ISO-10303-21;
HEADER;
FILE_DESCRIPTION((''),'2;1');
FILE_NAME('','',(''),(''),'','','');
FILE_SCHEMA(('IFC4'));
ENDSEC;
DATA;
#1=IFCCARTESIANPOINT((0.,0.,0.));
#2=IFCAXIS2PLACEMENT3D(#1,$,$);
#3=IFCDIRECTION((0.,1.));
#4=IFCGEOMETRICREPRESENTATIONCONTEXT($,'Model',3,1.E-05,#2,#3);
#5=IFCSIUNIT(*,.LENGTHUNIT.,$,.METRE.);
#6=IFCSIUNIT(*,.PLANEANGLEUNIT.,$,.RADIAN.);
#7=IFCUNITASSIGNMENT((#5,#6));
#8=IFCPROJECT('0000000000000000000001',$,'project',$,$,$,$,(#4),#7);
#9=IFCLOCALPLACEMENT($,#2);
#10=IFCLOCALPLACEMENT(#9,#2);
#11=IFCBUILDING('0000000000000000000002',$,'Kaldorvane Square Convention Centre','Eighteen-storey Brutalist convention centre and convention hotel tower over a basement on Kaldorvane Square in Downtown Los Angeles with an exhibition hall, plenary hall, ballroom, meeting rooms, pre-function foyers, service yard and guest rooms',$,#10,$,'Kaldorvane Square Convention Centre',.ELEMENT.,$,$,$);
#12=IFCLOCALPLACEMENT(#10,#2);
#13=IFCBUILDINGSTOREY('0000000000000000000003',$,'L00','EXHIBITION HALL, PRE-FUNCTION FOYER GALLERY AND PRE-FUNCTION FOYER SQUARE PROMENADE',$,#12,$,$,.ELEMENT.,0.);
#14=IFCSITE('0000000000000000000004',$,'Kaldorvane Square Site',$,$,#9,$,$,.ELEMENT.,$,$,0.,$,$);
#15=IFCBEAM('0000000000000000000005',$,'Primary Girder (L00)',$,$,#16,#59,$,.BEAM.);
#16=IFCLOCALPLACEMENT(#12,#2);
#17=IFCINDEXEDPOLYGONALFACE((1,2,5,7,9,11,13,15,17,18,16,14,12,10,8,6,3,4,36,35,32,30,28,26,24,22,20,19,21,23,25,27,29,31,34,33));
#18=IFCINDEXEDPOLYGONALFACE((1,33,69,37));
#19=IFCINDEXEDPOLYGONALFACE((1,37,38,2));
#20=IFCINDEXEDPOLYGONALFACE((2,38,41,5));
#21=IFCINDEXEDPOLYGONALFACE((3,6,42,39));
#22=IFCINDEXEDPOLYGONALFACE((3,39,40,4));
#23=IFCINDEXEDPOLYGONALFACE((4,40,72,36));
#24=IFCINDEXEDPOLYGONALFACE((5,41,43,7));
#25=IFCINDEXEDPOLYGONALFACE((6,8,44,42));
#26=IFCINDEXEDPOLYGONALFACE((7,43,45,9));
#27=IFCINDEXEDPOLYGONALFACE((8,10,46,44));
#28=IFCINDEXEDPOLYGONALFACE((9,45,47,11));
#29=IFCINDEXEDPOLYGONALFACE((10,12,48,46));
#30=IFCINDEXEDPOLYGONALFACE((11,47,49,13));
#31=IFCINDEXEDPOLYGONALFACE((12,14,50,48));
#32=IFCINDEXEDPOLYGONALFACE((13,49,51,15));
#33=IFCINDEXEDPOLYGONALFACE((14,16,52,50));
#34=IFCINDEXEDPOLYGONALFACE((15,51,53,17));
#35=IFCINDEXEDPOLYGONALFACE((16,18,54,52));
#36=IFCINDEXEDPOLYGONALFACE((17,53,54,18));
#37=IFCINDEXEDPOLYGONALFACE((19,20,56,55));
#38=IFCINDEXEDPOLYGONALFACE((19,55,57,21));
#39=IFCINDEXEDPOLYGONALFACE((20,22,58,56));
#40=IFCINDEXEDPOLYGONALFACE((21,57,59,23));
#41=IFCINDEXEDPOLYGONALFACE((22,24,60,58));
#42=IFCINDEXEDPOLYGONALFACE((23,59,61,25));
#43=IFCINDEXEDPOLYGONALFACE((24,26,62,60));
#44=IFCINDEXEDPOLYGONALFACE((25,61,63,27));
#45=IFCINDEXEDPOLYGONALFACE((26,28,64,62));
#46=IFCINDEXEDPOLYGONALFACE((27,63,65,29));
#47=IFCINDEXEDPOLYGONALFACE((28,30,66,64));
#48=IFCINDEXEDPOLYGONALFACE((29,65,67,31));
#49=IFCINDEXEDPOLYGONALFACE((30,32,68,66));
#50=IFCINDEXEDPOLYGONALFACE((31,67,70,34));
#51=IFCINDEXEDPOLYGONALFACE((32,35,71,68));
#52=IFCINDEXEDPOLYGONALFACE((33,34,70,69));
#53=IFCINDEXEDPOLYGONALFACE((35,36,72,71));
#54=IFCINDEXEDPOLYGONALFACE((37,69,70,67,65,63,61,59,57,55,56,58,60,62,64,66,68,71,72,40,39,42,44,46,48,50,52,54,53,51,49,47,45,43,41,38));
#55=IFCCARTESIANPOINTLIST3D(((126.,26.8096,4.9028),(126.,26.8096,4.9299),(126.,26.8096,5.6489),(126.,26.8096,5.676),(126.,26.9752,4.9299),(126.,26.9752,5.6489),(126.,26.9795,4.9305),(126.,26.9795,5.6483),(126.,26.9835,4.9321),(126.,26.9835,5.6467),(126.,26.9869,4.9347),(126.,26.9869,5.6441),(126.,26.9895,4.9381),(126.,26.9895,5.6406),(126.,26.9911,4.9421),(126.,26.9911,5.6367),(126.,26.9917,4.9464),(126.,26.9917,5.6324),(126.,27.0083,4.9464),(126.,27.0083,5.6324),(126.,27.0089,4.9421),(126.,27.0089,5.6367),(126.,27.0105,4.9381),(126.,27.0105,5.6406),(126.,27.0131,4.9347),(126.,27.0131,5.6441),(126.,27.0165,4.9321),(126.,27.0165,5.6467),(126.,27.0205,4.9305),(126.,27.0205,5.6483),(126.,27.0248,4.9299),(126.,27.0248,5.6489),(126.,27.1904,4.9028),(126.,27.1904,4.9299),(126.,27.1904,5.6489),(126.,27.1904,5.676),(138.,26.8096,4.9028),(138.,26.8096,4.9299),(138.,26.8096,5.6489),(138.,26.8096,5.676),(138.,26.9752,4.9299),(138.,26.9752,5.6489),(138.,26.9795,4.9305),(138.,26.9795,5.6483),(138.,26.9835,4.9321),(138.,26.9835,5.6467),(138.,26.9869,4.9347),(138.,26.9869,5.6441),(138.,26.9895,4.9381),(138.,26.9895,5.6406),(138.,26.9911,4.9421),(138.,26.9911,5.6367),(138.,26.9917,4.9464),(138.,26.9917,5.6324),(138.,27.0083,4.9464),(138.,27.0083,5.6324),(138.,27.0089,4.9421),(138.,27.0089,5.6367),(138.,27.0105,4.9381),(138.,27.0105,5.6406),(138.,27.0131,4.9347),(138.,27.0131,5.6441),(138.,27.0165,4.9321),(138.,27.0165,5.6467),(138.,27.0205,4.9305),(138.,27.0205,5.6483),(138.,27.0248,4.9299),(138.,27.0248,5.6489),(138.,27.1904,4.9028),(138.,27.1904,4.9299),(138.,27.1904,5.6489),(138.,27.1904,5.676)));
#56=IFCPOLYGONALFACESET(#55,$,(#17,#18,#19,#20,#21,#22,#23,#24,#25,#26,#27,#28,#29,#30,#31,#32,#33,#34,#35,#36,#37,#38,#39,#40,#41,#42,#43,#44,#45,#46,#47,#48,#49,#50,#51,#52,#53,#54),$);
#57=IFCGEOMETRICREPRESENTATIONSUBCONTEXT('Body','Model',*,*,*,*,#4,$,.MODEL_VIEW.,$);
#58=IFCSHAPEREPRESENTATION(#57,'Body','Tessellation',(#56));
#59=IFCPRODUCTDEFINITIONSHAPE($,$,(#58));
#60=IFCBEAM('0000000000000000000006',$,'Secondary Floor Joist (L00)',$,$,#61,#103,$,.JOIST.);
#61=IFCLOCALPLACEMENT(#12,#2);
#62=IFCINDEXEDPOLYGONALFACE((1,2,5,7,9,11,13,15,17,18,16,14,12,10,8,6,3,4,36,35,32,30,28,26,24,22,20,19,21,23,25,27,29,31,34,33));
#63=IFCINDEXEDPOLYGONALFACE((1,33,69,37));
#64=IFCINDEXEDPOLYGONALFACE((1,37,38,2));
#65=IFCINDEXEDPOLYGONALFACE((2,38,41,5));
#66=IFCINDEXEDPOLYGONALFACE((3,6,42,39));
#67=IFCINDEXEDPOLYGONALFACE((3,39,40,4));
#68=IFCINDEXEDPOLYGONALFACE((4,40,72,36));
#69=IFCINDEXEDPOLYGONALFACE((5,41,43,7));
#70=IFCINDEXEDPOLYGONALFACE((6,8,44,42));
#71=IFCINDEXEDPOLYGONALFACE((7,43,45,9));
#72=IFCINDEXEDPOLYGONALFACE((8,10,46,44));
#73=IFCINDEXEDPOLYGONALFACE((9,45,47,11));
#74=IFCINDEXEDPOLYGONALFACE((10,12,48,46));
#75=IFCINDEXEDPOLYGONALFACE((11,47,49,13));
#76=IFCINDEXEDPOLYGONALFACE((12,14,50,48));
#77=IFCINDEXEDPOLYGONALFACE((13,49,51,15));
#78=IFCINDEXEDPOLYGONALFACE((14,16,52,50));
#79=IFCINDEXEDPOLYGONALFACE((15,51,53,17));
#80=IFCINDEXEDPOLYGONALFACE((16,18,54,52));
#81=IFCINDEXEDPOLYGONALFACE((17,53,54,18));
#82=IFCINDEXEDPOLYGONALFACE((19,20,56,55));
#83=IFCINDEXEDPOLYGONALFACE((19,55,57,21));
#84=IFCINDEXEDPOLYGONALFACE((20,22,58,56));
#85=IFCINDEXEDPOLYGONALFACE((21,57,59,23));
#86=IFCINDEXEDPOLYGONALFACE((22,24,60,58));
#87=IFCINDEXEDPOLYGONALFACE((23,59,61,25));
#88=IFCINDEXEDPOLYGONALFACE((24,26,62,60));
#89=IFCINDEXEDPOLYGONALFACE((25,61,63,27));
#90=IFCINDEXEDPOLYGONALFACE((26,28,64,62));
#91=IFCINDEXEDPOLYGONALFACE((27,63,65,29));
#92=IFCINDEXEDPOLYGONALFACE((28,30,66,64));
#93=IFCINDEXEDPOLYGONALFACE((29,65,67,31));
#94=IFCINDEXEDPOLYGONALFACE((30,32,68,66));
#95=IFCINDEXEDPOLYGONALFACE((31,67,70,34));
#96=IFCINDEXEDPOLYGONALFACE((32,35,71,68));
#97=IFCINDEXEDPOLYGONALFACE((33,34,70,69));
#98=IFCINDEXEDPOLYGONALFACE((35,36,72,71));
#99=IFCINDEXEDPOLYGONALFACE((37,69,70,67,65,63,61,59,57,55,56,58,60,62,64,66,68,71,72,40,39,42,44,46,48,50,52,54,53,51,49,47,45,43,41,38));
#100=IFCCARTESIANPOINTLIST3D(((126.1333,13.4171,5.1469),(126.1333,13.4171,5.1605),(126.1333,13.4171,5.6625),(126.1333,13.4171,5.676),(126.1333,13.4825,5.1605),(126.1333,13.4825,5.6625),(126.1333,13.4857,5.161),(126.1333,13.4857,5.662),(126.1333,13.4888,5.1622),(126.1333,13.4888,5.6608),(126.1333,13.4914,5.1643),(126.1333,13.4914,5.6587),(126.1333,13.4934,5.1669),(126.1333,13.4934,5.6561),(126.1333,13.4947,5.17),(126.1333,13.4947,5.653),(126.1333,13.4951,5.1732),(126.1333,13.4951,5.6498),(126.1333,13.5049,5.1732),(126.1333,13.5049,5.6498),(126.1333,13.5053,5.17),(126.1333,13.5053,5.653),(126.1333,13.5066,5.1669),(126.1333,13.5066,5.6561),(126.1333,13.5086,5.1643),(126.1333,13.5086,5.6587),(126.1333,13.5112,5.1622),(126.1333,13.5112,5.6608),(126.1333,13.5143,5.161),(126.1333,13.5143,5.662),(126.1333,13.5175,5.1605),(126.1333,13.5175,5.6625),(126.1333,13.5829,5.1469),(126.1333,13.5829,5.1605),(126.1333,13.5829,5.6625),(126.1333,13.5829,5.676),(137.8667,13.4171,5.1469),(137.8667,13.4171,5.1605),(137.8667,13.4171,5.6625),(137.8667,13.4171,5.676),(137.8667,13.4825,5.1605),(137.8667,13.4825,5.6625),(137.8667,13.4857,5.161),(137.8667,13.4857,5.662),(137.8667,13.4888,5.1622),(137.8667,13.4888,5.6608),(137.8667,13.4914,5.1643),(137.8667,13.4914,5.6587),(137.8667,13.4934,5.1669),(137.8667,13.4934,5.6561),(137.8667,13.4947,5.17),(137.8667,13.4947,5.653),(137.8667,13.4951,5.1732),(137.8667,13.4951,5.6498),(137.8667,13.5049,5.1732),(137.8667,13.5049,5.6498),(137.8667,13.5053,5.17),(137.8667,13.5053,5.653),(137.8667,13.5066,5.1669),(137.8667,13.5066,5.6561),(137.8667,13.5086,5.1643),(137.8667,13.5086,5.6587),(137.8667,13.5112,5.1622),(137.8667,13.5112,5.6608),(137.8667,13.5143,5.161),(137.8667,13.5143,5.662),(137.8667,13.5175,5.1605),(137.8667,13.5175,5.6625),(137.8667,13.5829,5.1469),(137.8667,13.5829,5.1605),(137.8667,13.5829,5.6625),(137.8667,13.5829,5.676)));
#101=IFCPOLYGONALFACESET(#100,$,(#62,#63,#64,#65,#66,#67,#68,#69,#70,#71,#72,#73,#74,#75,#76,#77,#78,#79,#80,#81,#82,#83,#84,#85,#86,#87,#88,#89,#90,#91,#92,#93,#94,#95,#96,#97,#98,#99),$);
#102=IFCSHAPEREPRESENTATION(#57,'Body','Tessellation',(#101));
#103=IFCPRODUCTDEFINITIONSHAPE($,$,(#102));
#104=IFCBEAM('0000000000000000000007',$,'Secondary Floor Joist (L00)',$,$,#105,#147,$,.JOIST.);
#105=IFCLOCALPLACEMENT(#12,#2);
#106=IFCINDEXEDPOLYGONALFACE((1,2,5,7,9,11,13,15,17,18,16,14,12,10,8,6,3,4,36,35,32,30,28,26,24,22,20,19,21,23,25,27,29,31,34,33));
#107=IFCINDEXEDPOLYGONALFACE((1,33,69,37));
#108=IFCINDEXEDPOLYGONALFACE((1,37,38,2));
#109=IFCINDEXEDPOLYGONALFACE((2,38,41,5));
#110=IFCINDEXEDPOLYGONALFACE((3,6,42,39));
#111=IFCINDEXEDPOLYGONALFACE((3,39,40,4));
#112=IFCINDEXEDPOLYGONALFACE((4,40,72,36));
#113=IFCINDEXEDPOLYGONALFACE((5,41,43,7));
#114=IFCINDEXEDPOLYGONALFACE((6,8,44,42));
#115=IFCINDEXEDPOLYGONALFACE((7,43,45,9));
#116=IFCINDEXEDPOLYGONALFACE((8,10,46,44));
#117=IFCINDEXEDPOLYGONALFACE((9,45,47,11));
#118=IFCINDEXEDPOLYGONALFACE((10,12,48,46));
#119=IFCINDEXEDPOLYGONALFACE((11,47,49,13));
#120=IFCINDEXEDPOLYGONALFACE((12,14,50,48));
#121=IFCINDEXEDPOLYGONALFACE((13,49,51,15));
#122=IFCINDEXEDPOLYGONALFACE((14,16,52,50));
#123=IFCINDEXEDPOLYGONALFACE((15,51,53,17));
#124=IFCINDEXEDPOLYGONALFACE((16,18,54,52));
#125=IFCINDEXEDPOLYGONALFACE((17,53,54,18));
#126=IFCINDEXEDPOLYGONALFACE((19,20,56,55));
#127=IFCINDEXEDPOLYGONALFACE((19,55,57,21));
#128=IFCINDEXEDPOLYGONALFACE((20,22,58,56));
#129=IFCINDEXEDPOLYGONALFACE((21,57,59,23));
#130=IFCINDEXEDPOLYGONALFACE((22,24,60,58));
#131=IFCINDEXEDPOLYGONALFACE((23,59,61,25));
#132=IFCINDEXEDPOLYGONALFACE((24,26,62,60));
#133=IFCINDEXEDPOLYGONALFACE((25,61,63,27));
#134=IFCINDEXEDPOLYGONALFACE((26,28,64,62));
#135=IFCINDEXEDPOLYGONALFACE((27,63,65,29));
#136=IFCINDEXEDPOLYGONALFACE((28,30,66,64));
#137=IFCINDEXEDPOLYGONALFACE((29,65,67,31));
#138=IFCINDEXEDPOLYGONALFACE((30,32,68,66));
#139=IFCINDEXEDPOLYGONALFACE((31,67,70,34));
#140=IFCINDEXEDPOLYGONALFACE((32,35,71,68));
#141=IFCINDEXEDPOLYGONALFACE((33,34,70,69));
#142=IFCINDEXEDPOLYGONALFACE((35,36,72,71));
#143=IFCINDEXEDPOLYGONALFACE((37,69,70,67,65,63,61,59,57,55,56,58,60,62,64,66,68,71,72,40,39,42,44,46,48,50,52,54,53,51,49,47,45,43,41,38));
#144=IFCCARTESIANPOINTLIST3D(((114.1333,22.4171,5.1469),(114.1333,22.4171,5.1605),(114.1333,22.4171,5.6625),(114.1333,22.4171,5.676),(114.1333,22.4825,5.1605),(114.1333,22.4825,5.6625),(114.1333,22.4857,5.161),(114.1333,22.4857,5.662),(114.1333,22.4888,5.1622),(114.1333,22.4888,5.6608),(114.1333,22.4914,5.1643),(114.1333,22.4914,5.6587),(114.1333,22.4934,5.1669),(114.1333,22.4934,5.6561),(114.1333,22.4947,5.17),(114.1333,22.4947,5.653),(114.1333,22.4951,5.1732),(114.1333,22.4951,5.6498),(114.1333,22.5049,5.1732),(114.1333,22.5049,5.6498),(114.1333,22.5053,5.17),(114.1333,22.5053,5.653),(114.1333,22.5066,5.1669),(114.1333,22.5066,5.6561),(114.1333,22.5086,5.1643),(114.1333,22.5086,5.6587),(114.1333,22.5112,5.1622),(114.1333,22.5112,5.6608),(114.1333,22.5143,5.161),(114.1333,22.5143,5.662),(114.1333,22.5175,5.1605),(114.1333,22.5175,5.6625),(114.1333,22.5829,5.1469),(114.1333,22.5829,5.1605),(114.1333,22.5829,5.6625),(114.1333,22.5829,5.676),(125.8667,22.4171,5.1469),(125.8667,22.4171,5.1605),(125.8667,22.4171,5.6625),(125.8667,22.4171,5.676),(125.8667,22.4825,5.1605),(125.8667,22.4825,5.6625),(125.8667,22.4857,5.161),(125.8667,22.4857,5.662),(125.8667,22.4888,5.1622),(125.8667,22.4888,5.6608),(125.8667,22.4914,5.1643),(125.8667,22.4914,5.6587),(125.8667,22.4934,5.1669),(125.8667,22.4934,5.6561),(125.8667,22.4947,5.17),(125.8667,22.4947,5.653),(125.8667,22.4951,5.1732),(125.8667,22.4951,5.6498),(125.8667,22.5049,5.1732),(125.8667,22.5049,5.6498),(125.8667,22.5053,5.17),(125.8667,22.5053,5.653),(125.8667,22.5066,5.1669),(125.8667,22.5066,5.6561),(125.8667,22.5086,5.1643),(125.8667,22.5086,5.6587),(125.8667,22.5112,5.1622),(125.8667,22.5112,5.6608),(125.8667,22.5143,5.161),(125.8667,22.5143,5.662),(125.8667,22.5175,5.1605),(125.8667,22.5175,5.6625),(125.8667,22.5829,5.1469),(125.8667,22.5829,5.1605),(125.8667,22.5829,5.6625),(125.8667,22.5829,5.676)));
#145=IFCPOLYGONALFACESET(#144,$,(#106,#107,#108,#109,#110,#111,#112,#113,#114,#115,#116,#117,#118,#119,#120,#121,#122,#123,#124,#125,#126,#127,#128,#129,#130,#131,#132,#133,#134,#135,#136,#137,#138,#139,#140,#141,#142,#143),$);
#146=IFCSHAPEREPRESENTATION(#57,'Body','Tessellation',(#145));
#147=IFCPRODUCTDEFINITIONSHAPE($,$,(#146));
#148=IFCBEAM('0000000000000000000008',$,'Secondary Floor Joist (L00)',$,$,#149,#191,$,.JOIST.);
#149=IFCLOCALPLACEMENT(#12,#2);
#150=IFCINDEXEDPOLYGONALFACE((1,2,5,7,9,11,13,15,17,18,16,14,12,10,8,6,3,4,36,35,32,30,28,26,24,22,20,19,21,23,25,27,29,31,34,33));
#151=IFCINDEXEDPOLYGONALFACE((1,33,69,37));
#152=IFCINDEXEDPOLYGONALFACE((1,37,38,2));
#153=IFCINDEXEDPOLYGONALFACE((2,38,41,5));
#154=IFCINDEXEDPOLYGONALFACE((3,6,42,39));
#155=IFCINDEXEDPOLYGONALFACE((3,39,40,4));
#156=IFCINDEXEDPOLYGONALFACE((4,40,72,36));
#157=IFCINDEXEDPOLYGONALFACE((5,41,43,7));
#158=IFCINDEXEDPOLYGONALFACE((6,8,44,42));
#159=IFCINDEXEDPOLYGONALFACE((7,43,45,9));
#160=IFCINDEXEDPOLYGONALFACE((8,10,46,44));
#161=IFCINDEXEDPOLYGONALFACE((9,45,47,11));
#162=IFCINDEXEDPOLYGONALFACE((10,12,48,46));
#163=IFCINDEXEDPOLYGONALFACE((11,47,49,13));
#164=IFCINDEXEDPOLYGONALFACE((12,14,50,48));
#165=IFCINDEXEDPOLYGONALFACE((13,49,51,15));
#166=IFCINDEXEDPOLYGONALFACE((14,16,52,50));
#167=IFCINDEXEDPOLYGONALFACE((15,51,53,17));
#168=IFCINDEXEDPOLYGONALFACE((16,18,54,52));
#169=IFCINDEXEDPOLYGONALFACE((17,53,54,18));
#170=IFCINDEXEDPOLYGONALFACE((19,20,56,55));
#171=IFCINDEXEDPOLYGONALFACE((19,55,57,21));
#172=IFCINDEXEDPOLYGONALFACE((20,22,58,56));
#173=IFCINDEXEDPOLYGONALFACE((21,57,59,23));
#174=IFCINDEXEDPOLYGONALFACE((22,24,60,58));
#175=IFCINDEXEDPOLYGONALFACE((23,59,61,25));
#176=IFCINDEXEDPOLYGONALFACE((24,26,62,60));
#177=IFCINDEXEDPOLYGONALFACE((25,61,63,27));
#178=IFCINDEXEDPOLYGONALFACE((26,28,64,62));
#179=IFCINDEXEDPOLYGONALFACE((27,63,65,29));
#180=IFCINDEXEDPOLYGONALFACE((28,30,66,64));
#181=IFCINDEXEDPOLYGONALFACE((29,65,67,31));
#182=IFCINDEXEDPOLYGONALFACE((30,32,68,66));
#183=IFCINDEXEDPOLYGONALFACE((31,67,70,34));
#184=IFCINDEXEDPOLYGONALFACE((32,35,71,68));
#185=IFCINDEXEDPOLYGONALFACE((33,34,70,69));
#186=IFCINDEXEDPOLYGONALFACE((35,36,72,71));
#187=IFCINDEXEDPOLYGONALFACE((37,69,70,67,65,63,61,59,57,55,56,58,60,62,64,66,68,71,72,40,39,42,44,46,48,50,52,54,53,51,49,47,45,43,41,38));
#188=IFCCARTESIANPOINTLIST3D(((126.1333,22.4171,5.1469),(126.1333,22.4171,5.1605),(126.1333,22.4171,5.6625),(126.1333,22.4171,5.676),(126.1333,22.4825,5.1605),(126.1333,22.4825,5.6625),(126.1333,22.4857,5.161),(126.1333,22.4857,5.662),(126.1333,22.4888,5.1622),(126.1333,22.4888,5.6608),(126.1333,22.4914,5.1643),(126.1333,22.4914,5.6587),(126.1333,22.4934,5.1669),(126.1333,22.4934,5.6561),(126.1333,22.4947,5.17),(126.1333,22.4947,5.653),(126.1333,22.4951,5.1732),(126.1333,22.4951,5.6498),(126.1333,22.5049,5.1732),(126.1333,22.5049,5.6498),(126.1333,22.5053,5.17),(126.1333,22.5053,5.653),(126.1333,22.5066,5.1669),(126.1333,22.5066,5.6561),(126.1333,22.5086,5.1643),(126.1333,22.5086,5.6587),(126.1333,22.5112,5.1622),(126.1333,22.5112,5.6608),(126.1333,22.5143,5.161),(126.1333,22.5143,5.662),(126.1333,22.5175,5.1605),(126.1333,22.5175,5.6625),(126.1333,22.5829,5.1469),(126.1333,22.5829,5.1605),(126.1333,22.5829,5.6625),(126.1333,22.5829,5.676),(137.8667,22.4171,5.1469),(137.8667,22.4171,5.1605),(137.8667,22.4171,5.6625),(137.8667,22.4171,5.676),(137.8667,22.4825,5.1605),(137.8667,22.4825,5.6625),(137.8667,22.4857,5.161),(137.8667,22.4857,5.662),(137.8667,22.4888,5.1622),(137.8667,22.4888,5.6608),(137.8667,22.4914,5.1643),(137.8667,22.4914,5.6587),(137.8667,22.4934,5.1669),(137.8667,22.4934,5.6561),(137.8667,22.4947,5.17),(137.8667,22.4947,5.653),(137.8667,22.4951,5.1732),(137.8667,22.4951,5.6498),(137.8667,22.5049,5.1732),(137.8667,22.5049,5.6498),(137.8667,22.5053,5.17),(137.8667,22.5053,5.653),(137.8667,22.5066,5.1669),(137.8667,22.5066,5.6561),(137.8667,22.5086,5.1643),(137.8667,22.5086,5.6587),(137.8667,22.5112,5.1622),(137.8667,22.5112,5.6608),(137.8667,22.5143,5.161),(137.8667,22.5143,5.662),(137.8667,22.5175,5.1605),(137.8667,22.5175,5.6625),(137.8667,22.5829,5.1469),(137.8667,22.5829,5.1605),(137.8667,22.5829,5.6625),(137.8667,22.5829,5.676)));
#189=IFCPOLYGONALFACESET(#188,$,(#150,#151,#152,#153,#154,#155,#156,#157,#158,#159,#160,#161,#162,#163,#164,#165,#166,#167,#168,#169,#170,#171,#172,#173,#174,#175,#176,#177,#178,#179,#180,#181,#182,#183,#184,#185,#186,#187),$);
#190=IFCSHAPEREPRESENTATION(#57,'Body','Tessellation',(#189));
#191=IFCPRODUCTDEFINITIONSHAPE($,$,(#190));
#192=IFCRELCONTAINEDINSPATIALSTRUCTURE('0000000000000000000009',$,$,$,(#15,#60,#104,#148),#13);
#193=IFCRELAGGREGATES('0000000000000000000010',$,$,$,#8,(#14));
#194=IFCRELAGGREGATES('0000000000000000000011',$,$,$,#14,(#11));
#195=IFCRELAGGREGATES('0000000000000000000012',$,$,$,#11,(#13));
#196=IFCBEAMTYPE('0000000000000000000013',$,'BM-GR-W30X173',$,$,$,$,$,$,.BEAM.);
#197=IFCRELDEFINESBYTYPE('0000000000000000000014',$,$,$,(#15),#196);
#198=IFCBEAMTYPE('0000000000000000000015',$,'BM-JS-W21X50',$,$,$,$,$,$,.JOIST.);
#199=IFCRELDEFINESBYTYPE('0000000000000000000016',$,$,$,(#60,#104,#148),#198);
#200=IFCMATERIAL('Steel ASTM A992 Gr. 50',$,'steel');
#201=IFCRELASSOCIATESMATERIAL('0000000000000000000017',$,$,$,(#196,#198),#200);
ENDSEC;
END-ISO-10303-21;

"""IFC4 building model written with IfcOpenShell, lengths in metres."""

from ifc_helpers import new_model, si_unit, direction, frame, origin, origin_2d, place, context, subcontext, project, spatial, i_section, extrude, material, material_profile, profile_set, type_object, element, save


model = new_model("IFC4")

# Units and contexts
model_context = context("Model", 3, precision=1e-05, world=origin(), true_north=direction((0.0, 1.0)))
body_context = subcontext(model_context, "Body", "Model", "MODEL_VIEW")
ifc_project = project(units=[si_unit("LENGTHUNIT", "METRE"), si_unit("PLANEANGLEUNIT", "RADIAN")], contexts=[model_context])

# Site, building, storey
site_placement = place(None, origin())
site = spatial("IfcSite", under=ifc_project, at=site_placement, Name="Kaldorvane Square Site", CompositionType="ELEMENT", RefElevation=0.0)
building_placement = place(site_placement, origin())
building = spatial("IfcBuilding", under=site, at=building_placement, Name="Kaldorvane Square Convention Centre", Description="Eighteen-storey Brutalist convention centre and convention hotel tower over a basement on Kaldorvane Square in Downtown Los Angeles with an exhibition hall, plenary hall, ballroom, meeting rooms, pre-function foyers, service yard and guest rooms", LongName="Kaldorvane Square Convention Centre", CompositionType="ELEMENT")
storey_placement = place(building_placement, origin())
storey = spatial("IfcBuildingStorey", under=building, at=storey_placement, Name="L00", Description="EXHIBITION HALL, PRE-FUNCTION FOYER GALLERY AND PRE-FUNCTION FOYER SQUARE PROMENADE", CompositionType="ELEMENT", Elevation=0.0)

# Shared definitions
ifc_material_1 = material(Name="Steel ASTM A992 Gr. 50", Category="steel")

# Beams
ifc_material_profile_1 = material_profile(ifc_material_1, i_section(OverallWidth=0.3807, OverallDepth=0.7732, WebThickness=0.0166, FlangeThickness=0.0271, FilletRadius=0.0165, at=origin_2d()), Name="W30X173")
ifc_profile_set_1 = profile_set([ifc_material_profile_1], Name="Steel ASTM A992 Gr. 50")
beam_type_1 = type_object("IfcBeamType", Name="BM-GR-W30X173", PredefinedType="BEAM", material=ifc_profile_set_1)
for number, where, z_axis, x_axis, name in (
    (1, (126.0, 27.0, 5.2894), (1.0, 0.0, 0.0), (0.0, 1.0, 0.0), "Primary Girder (L00)"),
):
    element("IfcBeam", number, at=place(storey_placement, frame(where, z_axis=z_axis, x_axis=x_axis)), inside=storey, type_object=beam_type_1, Name=name, PredefinedType="BEAM", context=body_context, shape_type="SweptSolid", body=[
        extrude(i_section(OverallWidth=0.3807, OverallDepth=0.7732, WebThickness=0.0166, FlangeThickness=0.0271, FilletRadius=0.0165, at=origin_2d()), origin(), (0.0, 0.0, 1.0), 12.0),
    ])
ifc_material_profile_2 = material_profile(ifc_material_1, i_section(OverallWidth=0.1659, OverallDepth=0.5291, WebThickness=0.0097, FlangeThickness=0.0136, FilletRadius=0.0127, at=origin_2d()), Name="W21X50")
ifc_profile_set_2 = profile_set([ifc_material_profile_2], Name="Steel ASTM A992 Gr. 50")
beam_type_2 = type_object("IfcBeamType", Name="BM-JS-W21X50", PredefinedType="JOIST", material=ifc_profile_set_2)
for number, where, z_axis, x_axis, name in (
    (2, (126.1333, 13.5, 5.4115), (1.0, 0.0, 0.0), (0.0, 1.0, 0.0), "Secondary Floor Joist (L00)"),
    (3, (114.1333, 22.5, 5.4115), (1.0, 0.0, 0.0), (0.0, 1.0, 0.0), "Secondary Floor Joist (L00)"),
    (4, (126.1333, 22.5, 5.4115), (1.0, 0.0, 0.0), (0.0, 1.0, 0.0), "Secondary Floor Joist (L00)"),
):
    element("IfcBeam", number, at=place(storey_placement, frame(where, z_axis=z_axis, x_axis=x_axis)), inside=storey, type_object=beam_type_2, Name=name, PredefinedType="JOIST", context=body_context, shape_type="SweptSolid", body=[
        extrude(i_section(OverallWidth=0.1659, OverallDepth=0.5291, WebThickness=0.0097, FlangeThickness=0.0136, FilletRadius=0.0127, at=origin_2d()), origin(), (0.0, 0.0, 1.0), 11.7334),
    ])

save(model, "model.ifc")
